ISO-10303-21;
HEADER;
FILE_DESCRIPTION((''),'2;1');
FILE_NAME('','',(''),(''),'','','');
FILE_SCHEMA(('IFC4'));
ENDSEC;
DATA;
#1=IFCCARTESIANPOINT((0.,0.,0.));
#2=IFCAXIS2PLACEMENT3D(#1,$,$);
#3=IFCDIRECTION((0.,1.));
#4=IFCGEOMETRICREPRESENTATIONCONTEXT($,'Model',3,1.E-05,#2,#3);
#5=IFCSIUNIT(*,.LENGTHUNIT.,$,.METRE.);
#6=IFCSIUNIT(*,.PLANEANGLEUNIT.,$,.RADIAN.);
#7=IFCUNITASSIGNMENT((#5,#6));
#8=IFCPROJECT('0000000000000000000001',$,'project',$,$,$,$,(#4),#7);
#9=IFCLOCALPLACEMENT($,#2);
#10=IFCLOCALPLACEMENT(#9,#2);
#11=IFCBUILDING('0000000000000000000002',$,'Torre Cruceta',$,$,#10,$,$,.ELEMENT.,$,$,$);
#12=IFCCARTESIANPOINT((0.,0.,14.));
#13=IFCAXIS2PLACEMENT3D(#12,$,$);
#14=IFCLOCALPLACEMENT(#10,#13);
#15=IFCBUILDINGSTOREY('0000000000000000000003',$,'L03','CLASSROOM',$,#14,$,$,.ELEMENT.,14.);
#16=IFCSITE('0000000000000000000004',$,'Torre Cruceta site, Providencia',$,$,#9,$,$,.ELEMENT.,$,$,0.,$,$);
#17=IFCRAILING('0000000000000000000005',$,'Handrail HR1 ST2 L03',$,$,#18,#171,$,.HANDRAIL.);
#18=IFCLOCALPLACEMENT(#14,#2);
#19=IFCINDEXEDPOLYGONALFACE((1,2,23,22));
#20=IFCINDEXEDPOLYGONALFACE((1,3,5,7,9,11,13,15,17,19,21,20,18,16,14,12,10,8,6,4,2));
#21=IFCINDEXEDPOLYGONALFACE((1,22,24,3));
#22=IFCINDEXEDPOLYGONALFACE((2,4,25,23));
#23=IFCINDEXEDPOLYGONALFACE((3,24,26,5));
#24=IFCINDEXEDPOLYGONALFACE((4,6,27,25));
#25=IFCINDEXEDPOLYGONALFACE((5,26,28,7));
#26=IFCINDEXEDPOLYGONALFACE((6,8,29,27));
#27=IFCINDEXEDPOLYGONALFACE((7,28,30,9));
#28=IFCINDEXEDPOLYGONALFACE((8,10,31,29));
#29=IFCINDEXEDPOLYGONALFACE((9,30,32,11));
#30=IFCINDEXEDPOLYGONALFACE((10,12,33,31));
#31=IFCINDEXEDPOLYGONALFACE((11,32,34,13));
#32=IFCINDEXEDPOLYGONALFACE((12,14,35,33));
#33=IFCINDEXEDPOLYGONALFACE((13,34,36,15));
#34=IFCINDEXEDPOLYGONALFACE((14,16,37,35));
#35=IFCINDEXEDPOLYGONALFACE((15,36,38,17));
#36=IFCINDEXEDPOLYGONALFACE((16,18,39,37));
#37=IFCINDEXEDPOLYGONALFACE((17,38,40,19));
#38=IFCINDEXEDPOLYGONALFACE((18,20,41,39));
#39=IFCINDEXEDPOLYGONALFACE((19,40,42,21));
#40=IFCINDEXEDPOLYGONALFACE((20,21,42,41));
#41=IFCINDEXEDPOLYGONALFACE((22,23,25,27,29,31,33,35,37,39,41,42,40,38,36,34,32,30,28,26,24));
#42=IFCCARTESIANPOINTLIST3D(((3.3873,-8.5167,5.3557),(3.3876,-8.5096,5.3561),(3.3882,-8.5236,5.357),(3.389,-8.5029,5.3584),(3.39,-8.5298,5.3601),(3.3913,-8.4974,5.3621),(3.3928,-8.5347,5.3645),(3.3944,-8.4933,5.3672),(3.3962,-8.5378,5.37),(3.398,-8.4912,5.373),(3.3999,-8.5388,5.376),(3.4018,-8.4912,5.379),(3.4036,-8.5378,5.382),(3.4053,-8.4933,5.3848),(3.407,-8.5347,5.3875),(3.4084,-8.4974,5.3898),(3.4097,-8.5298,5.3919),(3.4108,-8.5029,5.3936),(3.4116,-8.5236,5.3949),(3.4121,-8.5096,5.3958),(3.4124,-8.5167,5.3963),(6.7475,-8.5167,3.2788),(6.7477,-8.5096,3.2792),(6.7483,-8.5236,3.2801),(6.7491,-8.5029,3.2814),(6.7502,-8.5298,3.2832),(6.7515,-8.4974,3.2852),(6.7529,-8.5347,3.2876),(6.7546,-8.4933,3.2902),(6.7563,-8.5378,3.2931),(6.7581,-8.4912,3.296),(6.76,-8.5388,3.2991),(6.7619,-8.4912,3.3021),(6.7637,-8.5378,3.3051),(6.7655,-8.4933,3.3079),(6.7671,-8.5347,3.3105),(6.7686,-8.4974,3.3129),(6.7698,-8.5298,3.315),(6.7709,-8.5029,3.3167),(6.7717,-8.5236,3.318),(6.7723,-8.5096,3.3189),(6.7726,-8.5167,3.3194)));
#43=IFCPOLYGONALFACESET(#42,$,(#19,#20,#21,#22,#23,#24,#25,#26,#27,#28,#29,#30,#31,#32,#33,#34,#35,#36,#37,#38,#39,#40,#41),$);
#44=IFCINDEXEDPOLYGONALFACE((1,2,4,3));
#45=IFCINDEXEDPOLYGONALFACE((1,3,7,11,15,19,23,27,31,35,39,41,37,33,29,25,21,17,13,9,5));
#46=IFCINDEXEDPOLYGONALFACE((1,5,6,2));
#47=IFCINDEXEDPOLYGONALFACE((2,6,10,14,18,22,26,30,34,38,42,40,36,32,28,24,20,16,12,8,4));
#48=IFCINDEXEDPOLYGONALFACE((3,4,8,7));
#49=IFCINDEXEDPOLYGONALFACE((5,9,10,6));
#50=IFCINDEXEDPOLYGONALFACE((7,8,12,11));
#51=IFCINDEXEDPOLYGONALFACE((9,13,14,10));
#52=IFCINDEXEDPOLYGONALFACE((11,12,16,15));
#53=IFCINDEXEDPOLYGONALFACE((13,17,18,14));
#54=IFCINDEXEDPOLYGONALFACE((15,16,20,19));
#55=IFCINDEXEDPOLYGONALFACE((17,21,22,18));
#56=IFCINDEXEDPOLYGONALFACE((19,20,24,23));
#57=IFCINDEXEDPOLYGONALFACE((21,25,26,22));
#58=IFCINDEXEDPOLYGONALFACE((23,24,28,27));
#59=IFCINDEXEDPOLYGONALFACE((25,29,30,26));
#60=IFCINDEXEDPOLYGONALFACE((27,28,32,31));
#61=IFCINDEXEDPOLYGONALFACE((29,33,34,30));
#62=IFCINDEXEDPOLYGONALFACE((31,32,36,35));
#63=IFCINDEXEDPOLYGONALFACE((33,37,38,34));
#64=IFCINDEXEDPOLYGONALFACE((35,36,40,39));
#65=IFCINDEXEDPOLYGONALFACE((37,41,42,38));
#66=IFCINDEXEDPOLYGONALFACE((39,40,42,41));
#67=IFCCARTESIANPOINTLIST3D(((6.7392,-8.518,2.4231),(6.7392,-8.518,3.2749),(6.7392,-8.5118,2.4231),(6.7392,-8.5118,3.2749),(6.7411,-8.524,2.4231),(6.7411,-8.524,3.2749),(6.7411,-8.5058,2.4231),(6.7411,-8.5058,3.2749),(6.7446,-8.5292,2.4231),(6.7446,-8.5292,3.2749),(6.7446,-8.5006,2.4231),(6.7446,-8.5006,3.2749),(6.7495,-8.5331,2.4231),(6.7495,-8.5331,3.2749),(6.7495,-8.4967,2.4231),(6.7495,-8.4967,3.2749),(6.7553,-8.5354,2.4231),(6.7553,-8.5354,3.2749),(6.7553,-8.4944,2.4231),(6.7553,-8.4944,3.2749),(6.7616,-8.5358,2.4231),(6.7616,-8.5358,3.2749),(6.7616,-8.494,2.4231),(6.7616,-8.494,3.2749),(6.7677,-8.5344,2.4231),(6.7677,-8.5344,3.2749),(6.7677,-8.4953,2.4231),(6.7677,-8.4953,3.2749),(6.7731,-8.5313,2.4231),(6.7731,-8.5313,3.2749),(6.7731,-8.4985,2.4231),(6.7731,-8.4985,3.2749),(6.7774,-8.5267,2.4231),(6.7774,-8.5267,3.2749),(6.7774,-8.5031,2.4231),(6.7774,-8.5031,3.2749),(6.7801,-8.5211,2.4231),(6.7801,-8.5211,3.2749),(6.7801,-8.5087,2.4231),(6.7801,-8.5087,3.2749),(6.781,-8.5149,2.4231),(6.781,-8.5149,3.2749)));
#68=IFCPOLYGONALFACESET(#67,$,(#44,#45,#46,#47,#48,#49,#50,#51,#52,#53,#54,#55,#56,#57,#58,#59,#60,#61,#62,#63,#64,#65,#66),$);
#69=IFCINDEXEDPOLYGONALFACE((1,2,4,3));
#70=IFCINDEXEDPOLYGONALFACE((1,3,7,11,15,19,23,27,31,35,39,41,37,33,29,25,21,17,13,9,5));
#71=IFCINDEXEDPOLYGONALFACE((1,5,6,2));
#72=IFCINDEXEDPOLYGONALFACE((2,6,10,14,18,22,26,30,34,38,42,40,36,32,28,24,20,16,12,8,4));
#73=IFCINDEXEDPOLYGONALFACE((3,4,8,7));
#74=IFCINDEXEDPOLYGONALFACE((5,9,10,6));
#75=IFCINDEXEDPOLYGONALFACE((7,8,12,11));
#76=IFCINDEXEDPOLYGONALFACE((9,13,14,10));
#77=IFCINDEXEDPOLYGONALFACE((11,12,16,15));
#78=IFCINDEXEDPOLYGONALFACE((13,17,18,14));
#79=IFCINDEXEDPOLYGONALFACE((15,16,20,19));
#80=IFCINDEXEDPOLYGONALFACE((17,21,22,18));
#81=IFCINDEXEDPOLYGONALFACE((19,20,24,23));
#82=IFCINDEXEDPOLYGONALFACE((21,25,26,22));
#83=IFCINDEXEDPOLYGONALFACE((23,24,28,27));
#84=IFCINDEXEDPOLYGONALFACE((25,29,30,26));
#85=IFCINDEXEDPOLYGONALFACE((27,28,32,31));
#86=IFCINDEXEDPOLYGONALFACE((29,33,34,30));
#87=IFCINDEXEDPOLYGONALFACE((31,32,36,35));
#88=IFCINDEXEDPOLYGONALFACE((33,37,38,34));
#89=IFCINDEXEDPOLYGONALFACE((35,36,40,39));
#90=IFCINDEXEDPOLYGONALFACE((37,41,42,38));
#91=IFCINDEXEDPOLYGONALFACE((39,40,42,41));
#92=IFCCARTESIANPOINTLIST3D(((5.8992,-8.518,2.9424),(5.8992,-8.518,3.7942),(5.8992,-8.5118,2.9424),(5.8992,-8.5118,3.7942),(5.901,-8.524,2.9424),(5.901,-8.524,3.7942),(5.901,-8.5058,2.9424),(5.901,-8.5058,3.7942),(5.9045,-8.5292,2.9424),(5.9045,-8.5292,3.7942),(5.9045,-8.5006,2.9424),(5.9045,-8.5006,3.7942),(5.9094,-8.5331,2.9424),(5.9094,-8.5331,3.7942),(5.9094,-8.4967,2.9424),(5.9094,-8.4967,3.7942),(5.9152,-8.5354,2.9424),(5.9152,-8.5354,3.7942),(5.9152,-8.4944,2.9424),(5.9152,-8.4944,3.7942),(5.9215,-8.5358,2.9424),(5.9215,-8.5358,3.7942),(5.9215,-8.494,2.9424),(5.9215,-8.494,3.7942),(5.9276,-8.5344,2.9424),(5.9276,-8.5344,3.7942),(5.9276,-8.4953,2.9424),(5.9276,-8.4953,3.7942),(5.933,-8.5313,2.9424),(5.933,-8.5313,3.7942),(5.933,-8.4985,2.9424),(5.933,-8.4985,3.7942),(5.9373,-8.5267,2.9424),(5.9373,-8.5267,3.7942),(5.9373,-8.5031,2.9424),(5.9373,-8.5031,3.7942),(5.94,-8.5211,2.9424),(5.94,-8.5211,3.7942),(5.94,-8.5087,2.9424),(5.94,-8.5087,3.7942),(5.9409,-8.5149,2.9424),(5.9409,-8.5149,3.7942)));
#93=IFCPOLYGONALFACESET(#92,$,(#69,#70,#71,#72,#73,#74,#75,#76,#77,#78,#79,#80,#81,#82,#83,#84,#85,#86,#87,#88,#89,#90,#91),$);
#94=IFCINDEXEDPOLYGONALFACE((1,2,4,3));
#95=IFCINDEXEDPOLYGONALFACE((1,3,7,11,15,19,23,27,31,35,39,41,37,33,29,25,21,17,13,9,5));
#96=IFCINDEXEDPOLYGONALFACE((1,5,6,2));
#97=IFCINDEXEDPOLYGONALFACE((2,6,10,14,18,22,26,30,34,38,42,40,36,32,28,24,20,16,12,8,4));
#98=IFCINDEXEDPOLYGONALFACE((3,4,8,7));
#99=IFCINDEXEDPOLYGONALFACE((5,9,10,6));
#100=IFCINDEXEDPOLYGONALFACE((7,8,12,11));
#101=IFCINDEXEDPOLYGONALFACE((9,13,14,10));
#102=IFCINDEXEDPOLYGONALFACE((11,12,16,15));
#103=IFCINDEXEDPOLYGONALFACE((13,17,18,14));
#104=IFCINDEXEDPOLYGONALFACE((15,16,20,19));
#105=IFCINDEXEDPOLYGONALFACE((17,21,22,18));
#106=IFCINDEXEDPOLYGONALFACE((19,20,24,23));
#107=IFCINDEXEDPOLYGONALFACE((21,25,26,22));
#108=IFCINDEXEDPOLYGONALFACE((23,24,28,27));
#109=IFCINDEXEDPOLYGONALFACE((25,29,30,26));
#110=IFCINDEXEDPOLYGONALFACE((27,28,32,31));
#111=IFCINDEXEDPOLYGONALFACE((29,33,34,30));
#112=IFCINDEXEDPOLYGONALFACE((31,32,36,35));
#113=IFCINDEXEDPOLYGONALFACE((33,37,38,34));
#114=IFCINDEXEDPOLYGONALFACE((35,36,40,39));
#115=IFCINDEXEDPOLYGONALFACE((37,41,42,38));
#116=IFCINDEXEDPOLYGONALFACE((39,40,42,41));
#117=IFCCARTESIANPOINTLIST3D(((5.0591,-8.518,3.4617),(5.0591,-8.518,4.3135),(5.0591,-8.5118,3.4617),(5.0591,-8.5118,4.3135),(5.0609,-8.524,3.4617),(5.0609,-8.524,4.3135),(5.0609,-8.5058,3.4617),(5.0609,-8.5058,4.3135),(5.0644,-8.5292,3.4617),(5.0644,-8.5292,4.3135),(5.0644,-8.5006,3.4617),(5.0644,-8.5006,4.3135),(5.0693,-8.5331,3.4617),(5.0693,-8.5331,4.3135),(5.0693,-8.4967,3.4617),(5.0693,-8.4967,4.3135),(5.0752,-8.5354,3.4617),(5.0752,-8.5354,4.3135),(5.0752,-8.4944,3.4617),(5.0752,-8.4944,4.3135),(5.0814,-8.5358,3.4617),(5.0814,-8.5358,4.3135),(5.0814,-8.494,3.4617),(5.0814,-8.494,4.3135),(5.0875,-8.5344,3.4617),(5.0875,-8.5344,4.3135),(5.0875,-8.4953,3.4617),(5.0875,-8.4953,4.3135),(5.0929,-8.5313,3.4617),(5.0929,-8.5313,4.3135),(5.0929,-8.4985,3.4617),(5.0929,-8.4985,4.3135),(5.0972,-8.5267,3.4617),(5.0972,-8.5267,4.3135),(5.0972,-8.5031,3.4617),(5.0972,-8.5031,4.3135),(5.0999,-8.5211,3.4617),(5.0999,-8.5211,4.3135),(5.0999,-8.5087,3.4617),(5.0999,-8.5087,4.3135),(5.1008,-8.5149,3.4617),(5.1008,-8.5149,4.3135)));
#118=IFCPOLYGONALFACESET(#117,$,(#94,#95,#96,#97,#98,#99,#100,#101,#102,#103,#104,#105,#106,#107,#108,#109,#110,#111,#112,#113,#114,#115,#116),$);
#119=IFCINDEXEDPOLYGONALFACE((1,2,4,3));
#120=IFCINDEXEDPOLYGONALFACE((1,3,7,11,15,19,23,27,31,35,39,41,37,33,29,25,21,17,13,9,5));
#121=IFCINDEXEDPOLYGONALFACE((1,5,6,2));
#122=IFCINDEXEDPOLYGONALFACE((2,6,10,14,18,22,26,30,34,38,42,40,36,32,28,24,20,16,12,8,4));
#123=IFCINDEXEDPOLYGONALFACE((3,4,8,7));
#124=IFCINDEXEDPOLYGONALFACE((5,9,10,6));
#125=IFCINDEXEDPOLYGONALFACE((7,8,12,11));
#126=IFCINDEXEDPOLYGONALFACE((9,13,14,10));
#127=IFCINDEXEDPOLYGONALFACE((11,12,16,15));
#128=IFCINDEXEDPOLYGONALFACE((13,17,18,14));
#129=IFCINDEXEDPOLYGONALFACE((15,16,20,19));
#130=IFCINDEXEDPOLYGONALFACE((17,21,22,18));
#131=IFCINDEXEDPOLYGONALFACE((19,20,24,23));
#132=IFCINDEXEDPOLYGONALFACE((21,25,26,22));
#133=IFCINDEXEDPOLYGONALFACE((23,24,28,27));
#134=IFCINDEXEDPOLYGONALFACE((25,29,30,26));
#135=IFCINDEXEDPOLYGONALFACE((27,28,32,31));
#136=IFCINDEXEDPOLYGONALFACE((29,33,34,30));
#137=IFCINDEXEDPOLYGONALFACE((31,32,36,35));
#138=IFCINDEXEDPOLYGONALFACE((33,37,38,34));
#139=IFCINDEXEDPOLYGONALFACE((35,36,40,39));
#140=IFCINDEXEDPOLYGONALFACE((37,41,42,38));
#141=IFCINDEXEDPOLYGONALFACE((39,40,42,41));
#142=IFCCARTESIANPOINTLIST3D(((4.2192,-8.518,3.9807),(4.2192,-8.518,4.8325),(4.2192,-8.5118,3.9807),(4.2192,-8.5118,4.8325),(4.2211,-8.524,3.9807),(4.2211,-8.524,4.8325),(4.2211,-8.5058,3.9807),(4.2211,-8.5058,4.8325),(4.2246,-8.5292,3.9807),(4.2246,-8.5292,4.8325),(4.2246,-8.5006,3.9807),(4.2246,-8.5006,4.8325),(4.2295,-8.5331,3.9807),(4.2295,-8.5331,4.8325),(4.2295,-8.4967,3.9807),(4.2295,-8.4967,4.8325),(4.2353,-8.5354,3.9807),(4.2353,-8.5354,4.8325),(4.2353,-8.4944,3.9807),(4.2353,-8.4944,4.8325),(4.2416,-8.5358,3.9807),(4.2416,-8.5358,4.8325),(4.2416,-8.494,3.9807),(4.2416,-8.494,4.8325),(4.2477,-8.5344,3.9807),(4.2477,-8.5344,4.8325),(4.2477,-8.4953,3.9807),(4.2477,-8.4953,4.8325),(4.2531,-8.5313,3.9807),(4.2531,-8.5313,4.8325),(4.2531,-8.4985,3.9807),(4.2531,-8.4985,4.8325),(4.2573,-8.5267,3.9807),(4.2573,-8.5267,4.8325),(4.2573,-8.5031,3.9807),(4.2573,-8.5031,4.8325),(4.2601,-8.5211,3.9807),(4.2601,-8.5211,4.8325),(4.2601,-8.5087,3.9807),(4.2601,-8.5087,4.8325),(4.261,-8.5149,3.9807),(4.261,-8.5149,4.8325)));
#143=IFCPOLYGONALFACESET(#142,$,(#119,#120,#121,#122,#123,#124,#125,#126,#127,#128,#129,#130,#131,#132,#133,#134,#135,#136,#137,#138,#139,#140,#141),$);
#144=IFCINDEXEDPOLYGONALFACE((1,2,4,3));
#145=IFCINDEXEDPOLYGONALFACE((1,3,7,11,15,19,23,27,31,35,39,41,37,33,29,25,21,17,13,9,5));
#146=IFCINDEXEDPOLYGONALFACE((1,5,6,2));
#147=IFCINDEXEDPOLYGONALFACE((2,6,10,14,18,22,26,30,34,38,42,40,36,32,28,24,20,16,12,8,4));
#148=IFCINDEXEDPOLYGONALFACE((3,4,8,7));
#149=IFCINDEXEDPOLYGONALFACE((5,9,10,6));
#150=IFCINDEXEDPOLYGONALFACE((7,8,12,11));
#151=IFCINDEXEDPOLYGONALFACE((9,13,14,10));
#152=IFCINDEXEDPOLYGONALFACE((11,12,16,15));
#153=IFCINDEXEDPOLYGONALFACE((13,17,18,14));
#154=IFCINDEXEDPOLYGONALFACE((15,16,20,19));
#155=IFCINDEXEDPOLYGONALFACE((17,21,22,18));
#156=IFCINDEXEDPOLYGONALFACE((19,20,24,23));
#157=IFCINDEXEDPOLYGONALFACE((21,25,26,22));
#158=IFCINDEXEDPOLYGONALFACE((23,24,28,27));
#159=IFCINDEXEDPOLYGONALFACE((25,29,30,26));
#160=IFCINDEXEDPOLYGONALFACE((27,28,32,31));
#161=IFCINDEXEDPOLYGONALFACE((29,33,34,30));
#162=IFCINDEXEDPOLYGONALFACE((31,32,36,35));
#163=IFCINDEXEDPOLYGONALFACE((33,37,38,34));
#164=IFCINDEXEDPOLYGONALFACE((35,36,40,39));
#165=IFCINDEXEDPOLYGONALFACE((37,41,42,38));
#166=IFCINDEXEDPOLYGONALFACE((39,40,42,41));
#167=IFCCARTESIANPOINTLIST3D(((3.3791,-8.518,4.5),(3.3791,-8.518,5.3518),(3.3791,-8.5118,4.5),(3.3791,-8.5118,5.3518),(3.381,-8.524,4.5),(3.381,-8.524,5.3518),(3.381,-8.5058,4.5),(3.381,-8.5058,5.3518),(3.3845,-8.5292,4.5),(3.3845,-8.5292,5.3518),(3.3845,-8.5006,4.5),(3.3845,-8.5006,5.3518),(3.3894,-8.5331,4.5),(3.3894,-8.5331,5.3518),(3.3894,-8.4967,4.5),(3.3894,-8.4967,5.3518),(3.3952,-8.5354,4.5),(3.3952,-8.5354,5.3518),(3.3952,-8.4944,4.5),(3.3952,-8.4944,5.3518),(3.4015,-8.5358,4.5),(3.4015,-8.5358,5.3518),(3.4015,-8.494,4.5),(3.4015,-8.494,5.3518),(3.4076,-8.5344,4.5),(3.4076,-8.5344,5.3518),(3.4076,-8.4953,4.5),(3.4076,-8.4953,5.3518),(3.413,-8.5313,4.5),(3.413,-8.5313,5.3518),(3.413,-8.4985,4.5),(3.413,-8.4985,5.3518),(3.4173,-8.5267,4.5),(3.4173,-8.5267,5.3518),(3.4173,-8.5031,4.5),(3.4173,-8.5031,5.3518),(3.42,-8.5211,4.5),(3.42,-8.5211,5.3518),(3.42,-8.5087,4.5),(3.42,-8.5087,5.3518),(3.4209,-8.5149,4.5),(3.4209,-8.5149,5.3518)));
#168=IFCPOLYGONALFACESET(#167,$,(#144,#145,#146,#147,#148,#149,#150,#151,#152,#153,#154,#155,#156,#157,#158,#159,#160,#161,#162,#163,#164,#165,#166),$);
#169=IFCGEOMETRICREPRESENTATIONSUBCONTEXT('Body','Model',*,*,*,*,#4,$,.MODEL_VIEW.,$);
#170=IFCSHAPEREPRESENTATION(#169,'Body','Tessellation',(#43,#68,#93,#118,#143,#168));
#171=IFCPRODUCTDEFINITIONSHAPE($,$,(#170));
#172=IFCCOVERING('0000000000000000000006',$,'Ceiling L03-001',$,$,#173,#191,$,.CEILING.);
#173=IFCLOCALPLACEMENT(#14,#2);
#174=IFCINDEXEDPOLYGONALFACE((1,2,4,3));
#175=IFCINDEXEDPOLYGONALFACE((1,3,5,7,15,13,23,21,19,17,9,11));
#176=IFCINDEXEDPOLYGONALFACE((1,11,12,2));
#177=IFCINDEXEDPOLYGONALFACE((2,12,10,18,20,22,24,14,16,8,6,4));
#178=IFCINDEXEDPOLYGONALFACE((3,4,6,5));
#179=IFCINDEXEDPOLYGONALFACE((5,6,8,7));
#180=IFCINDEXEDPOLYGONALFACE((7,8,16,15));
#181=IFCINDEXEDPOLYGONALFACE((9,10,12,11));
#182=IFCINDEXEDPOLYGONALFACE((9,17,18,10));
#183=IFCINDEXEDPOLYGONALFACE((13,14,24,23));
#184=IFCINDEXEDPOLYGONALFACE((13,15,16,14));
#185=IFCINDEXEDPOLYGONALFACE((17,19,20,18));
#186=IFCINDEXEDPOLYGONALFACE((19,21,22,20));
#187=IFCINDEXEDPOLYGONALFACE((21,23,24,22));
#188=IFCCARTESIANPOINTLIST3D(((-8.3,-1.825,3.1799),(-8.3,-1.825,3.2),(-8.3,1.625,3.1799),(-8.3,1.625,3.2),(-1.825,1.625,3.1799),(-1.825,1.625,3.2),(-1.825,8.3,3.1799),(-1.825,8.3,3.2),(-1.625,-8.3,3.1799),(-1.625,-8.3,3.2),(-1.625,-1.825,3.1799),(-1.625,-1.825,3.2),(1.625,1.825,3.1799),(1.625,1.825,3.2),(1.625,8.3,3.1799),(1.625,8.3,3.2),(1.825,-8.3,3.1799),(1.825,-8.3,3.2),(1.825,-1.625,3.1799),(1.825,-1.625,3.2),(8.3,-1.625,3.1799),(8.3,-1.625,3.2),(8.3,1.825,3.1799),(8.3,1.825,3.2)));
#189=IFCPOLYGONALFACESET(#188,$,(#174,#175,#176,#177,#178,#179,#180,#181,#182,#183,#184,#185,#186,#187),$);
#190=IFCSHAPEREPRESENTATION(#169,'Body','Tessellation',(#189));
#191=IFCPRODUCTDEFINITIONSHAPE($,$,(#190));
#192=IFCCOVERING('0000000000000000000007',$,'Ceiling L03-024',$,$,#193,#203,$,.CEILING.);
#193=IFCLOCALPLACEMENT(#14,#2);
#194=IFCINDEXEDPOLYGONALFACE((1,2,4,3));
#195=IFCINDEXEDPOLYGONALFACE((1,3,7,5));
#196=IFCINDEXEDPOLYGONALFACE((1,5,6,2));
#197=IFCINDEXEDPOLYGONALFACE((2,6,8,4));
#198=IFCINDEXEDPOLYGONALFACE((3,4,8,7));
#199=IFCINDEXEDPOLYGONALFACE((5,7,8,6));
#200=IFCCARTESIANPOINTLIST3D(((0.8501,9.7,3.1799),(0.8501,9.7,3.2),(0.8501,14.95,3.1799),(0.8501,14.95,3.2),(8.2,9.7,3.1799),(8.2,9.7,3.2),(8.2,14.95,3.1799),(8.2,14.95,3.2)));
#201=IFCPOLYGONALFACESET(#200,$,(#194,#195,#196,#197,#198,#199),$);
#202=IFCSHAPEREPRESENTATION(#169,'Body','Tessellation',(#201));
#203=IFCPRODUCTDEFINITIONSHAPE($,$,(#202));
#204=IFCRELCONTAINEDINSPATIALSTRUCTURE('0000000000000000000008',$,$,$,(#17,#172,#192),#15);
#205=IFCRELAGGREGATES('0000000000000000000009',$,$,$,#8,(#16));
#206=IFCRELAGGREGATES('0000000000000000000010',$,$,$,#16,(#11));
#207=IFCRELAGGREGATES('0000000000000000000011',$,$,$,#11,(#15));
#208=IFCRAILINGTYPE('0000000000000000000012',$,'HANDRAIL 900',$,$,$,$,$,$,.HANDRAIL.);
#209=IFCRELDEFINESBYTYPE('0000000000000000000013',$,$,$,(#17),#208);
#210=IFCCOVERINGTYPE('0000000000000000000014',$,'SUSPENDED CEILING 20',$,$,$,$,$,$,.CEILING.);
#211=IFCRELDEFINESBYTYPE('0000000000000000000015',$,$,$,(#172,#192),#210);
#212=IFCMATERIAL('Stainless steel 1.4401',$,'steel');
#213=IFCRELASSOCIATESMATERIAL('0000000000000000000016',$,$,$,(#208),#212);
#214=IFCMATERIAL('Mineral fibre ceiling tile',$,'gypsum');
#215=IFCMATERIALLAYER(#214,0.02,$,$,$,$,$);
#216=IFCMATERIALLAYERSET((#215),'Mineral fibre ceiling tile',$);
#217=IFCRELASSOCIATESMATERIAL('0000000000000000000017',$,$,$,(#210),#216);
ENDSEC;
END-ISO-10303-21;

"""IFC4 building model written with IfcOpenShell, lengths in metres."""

from ifc_helpers import new_model, si_unit, direction, frame, origin, origin_2d, place, context, subcontext, project, spatial, polyline, circle, outline, extrude, material, layer, layer_set, type_object, element, save


model = new_model("IFC4")

# Units and contexts
model_context = context("Model", 3, precision=1e-05, world=origin(), true_north=direction((0.0, 1.0)))
body_context = subcontext(model_context, "Body", "Model", "MODEL_VIEW")
ifc_project = project(units=[si_unit("LENGTHUNIT", "METRE"), si_unit("PLANEANGLEUNIT", "RADIAN")], contexts=[model_context])

# Site, building, storey
site_placement = place(None, origin())
site = spatial("IfcSite", under=ifc_project, at=site_placement, Name="Torre Cruceta site, Providencia", CompositionType="ELEMENT", RefElevation=0.0)
building_placement = place(site_placement, origin())
building = spatial("IfcBuilding", under=site, at=building_placement, Name="Torre Cruceta", CompositionType="ELEMENT")
storey_placement = place(building_placement, frame((0.0, 0.0, 14.0)))
storey = spatial("IfcBuildingStorey", under=building, at=storey_placement, Name="L03", Description="CLASSROOM", CompositionType="ELEMENT", Elevation=14.0)

# Railing
ifc_material_1 = material(Name="Stainless steel 1.4401", Category="steel")
railing_type = type_object("IfcRailingType", Name="HANDRAIL 900", PredefinedType="HANDRAIL", material=ifc_material_1)
railing_1_placement = place(storey_placement, frame((6.76, -8.5149, 2.4231)))
element("IfcRailing", 1, at=railing_1_placement, inside=storey, type_object=railing_type, Name="Handrail HR1 ST2 L03", PredefinedType="HANDRAIL", context=body_context, shape_type="SweptSolid", body=[
    extrude(circle(Radius=0.0239, at=origin_2d()), frame((0.0, 0.0, 0.876), z_axis=(-0.850623, 0.0, 0.525776), x_axis=(0.0, -1.0, 0.0)), (0.0, 0.0, 1.0), 3.9502),
    extrude(circle(Radius=0.021, at=origin_2d()), origin(), (0.0, 0.0, 1.0), 0.8518),
    extrude(circle(Radius=0.021, at=origin_2d()), frame((-0.8401, 0.0, 0.5193)), (0.0, 0.0, 1.0), 0.8518),
    extrude(circle(Radius=0.021, at=origin_2d()), frame((-1.6802, 0.0, 1.0386)), (0.0, 0.0, 1.0), 0.8518),
    extrude(circle(Radius=0.021, at=origin_2d()), frame((-2.52, 0.0, 1.5576)), (0.0, 0.0, 1.0), 0.8518),
    extrude(circle(Radius=0.021, at=origin_2d()), frame((-3.3601, 0.0, 2.0769)), (0.0, 0.0, 1.0), 0.8518),
])

# Coverings
ifc_material_2 = material(Name="Mineral fibre ceiling tile", Category="gypsum")
ifc_layer_1 = layer(ifc_material_2, 0.02)
ifc_layer_set_1 = layer_set([ifc_layer_1], Name="Mineral fibre ceiling tile")
covering_type = type_object("IfcCoveringType", Name="SUSPENDED CEILING 20", PredefinedType="CEILING", material=ifc_layer_set_1)
covering_1_placement = place(storey_placement, frame((0.0, 0.0, 3.1799)))
element("IfcCovering", 2, at=covering_1_placement, inside=storey, type_object=covering_type, Name="Ceiling L03-001", PredefinedType="CEILING", context=body_context, shape_type="SweptSolid", body=[
    extrude(outline(polyline([(-1.625, -8.3), (-1.625, -1.825), (-8.3, -1.825), (-8.3, 1.625), (-1.825, 1.625), (-1.825, 8.3), (1.625, 8.3), (1.625, 1.825), (8.3, 1.825), (8.3, -1.625), (1.825, -1.625), (1.825, -8.3), (-1.625, -8.3)])), origin(), (0.0, 0.0, 1.0), 0.02),
])
covering_2_placement = place(storey_placement, frame((0.0, 0.0, 3.1799)))
element("IfcCovering", 3, at=covering_2_placement, inside=storey, type_object=covering_type, Name="Ceiling L03-024", PredefinedType="CEILING", context=body_context, shape_type="SweptSolid", body=[
    extrude(outline(polyline([(8.2, 9.7), (0.8501, 9.7), (0.8501, 14.95), (8.2, 14.95), (8.2, 9.7)])), origin(), (0.0, 0.0, 1.0), 0.02),
])

save(model, "model.ifc")
